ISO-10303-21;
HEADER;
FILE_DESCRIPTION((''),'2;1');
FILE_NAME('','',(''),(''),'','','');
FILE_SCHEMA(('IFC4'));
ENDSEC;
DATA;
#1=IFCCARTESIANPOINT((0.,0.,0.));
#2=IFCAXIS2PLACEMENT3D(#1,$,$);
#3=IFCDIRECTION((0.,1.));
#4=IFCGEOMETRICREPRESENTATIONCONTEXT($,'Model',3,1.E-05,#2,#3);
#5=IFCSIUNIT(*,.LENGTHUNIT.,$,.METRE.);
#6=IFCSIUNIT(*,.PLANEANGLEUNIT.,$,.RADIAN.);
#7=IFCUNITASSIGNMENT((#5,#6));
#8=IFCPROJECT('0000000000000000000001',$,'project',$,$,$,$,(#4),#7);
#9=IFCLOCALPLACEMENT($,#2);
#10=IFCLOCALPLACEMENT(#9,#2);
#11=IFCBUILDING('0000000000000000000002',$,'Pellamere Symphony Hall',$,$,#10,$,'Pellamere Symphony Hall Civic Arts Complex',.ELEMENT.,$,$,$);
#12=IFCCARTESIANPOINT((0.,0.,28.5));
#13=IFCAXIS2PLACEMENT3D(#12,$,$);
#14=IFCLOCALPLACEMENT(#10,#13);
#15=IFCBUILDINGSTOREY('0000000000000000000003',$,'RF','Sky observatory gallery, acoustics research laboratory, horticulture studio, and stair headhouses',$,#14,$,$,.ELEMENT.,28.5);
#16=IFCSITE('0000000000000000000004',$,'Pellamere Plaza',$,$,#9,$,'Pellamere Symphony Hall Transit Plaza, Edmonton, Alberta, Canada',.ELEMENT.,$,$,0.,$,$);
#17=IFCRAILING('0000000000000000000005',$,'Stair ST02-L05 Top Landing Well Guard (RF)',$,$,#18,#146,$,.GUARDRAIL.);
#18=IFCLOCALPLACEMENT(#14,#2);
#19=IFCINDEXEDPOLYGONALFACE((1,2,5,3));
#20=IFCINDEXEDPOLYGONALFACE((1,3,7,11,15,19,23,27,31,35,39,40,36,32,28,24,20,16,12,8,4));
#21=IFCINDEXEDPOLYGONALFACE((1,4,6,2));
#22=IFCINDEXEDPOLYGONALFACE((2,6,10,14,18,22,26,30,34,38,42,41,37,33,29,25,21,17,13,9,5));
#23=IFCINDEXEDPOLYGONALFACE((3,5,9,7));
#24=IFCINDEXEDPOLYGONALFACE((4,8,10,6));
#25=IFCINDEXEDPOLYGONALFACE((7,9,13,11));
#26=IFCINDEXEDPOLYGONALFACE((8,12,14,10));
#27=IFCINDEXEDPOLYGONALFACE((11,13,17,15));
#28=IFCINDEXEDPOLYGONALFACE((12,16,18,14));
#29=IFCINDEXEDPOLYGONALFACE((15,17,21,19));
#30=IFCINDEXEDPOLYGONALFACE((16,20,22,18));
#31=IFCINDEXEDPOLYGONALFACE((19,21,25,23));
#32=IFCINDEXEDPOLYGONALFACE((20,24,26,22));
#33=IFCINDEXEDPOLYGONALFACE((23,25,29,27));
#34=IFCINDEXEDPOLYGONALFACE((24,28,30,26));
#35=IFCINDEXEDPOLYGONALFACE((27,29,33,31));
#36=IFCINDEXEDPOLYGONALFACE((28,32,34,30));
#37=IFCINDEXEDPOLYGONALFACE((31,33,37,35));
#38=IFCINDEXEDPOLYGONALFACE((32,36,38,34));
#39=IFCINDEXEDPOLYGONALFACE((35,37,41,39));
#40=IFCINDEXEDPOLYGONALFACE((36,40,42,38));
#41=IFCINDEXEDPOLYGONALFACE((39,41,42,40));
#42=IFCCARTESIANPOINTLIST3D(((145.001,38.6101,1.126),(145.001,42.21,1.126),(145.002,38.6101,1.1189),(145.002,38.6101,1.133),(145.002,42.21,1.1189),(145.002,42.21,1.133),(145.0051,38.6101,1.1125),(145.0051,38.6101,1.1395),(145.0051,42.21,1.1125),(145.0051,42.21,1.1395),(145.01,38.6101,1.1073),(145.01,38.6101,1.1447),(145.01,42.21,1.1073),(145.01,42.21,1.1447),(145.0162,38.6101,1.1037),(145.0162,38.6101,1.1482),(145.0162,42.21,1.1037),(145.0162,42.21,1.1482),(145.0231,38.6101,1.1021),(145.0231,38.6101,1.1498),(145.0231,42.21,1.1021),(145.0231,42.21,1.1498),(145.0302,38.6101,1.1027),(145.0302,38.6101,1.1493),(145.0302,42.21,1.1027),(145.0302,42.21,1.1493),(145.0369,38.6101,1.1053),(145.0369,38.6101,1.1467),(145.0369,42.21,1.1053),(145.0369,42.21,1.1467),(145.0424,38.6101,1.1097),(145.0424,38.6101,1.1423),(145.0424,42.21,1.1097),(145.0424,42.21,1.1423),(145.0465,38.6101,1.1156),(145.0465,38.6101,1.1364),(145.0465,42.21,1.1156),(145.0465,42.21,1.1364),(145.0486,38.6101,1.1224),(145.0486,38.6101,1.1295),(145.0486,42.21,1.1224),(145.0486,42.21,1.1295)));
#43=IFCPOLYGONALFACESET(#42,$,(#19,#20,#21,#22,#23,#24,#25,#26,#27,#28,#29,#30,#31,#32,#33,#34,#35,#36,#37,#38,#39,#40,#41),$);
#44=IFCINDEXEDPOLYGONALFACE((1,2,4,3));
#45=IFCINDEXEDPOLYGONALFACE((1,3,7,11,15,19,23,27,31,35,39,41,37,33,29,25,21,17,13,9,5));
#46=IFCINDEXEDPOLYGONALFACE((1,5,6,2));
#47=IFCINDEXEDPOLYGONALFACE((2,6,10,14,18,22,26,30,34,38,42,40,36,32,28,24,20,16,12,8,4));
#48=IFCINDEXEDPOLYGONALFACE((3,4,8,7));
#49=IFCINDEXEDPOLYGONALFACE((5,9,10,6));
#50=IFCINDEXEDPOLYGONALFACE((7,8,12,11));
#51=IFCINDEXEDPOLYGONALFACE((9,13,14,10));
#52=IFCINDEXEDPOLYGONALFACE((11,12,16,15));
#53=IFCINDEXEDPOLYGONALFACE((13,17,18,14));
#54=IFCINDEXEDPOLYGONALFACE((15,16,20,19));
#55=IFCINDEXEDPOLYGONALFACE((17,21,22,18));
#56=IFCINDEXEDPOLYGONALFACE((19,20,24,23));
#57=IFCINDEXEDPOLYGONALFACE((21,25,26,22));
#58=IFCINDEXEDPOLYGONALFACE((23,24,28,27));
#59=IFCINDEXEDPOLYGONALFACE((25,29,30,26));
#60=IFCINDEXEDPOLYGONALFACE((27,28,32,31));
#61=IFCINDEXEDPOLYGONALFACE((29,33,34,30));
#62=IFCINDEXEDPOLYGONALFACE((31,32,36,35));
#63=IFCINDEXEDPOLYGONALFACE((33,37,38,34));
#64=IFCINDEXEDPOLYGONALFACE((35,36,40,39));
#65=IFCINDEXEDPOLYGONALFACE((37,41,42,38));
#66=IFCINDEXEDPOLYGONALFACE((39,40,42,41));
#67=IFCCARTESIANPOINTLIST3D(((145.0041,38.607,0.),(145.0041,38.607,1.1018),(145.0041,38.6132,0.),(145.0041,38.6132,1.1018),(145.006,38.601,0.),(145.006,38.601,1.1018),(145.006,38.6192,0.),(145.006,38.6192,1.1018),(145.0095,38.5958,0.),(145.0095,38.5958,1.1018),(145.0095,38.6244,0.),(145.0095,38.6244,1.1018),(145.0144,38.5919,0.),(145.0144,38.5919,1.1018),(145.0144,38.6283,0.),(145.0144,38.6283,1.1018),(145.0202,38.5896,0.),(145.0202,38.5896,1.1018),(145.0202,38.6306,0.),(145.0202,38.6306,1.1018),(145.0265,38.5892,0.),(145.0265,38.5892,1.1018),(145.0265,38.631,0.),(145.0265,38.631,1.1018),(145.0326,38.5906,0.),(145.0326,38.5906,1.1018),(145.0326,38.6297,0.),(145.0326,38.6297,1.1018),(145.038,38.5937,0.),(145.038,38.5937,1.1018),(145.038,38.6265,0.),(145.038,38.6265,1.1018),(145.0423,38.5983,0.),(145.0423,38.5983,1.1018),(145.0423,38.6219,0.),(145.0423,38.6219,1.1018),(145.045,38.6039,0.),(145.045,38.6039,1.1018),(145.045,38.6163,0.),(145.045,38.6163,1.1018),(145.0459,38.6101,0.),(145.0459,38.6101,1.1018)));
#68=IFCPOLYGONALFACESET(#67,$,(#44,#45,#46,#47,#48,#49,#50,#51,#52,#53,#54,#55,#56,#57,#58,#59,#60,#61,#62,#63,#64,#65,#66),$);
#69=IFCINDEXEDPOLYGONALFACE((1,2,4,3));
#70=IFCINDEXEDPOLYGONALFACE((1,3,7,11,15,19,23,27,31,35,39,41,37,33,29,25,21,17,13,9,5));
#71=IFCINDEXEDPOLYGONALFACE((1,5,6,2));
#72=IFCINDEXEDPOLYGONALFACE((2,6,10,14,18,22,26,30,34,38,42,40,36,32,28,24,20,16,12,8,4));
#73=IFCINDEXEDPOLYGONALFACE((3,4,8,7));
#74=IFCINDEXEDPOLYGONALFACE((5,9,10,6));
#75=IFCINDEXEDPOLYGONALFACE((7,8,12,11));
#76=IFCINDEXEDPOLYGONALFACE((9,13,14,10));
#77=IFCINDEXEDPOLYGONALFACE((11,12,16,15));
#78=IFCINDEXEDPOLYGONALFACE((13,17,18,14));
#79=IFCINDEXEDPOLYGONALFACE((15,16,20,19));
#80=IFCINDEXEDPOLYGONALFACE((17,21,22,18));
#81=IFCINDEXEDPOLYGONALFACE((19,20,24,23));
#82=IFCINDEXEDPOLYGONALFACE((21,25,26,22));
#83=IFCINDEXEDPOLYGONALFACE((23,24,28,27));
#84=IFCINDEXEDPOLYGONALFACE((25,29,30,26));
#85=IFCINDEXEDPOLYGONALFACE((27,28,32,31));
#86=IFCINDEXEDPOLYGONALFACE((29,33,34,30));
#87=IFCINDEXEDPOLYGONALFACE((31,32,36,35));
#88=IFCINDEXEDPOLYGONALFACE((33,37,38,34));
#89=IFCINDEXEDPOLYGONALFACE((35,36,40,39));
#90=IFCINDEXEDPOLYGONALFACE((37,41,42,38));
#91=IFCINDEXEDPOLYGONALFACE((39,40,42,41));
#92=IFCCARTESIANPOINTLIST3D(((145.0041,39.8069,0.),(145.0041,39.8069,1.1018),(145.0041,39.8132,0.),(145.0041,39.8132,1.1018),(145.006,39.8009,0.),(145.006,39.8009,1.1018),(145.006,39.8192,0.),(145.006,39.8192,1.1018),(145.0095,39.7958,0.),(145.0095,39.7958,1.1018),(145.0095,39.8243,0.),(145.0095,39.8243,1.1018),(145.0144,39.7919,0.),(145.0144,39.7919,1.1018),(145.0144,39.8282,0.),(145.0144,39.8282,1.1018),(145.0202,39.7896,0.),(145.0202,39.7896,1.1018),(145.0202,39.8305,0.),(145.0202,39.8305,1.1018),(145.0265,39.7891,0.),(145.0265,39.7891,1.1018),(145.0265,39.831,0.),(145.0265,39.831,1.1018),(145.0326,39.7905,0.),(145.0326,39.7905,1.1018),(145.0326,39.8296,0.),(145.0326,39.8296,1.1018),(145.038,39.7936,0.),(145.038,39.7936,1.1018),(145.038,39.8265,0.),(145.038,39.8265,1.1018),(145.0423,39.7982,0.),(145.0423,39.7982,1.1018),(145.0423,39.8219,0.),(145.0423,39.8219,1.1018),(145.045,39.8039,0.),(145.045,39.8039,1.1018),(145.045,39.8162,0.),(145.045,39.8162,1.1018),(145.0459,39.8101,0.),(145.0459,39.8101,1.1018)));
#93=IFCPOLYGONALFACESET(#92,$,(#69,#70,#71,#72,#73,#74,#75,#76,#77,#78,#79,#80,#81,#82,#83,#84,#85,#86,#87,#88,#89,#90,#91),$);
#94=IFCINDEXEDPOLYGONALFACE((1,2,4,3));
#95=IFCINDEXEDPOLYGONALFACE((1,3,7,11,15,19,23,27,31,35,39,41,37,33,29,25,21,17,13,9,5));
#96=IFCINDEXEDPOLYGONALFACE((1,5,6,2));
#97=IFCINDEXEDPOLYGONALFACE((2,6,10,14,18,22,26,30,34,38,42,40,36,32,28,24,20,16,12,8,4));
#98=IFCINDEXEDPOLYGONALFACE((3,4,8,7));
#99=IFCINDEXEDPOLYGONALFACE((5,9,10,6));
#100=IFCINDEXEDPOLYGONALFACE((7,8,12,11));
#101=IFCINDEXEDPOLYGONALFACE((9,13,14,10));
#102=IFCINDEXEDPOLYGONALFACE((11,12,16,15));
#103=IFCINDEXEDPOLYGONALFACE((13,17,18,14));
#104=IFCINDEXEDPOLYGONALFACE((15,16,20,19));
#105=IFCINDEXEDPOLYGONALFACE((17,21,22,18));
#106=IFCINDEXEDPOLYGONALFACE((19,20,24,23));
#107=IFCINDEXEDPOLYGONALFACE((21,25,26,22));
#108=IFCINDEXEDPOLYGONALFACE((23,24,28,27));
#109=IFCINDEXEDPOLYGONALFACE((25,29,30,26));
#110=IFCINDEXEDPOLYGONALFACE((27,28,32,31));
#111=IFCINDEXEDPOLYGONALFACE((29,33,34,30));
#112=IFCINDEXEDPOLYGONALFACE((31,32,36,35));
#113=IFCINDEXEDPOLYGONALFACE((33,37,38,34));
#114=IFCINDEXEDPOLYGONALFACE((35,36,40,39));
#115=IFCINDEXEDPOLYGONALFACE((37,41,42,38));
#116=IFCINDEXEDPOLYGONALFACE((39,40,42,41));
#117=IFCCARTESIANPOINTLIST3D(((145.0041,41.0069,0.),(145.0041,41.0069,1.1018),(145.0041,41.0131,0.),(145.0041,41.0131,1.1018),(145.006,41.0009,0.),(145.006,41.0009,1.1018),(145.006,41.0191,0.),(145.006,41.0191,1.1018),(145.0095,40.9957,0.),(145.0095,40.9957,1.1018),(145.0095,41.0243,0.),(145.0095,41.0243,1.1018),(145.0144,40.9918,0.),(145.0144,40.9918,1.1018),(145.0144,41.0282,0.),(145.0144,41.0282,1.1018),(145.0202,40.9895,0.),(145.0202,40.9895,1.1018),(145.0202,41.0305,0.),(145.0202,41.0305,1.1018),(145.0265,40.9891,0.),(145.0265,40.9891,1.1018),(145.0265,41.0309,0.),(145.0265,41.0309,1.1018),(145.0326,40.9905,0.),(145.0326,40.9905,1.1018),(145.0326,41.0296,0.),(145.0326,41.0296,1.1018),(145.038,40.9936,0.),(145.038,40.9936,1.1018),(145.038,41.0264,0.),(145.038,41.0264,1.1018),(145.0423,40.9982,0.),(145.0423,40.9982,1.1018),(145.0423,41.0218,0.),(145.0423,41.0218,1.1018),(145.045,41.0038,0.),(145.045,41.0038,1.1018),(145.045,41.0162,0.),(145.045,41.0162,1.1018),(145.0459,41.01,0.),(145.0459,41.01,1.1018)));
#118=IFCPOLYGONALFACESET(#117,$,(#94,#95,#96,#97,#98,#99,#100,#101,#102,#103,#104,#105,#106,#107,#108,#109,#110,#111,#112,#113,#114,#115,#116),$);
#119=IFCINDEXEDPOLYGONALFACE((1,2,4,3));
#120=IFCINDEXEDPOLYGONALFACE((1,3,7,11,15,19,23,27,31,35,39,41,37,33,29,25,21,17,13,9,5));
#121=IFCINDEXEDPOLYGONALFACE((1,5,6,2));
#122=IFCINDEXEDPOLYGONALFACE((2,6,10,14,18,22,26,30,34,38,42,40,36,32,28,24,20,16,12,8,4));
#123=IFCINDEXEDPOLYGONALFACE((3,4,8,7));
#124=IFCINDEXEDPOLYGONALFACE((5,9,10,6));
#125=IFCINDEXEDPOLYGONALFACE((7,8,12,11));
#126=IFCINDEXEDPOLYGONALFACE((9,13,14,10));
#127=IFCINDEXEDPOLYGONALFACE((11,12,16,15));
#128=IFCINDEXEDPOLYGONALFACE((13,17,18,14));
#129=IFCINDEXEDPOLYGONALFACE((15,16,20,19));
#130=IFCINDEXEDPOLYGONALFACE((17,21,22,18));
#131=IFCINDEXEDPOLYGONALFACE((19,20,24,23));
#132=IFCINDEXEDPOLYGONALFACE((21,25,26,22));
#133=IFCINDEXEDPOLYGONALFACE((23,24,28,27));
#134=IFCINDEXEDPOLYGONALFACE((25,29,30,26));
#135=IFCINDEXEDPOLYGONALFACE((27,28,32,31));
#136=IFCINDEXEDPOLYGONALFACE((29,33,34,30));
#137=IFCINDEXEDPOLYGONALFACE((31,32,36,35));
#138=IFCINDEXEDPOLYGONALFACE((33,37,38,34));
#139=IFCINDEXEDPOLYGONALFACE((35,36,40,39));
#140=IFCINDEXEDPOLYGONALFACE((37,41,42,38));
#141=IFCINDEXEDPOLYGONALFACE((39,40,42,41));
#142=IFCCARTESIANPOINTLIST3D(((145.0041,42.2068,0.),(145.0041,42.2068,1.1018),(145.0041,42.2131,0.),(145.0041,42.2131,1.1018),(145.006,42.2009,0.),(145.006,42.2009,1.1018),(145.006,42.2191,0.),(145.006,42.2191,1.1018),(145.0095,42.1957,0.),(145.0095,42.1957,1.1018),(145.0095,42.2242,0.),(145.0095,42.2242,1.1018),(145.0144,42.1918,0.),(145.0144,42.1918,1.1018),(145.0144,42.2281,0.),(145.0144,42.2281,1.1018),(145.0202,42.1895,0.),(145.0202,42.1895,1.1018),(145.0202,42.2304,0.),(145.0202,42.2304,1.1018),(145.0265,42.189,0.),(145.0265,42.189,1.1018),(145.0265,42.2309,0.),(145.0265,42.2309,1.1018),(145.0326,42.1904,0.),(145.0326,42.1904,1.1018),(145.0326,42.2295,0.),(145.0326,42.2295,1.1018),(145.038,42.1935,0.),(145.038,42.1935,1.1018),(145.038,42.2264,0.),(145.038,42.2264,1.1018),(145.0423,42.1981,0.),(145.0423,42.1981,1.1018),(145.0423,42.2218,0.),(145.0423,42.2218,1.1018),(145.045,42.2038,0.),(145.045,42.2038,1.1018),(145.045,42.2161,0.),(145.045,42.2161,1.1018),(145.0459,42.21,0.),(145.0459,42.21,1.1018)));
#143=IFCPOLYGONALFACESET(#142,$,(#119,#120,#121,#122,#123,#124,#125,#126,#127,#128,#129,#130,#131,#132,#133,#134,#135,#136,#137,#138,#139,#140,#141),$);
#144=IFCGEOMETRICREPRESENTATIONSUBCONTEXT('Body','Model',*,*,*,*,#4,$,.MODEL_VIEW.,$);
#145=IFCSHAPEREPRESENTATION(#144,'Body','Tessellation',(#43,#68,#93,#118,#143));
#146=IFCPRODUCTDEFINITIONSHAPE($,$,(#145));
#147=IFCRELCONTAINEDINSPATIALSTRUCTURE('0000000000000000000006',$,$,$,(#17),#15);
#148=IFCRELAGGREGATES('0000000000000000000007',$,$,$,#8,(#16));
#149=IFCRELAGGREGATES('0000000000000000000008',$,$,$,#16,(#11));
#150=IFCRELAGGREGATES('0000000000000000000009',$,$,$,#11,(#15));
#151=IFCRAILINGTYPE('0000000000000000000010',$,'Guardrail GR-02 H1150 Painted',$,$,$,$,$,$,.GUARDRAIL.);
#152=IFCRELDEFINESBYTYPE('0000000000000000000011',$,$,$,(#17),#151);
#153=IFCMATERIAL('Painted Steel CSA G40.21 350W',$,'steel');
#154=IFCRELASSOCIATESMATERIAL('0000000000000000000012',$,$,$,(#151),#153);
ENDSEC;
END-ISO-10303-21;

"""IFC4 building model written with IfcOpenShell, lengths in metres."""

from ifc_helpers import new_model, si_unit, direction, frame, origin, origin_2d, place, context, subcontext, project, spatial, circle, extrude, material, type_object, element, save


model = new_model("IFC4")

# Units and contexts
model_context = context("Model", 3, precision=1e-05, world=origin(), true_north=direction((0.0, 1.0)))
body_context = subcontext(model_context, "Body", "Model", "MODEL_VIEW")
ifc_project = project(units=[si_unit("LENGTHUNIT", "METRE"), si_unit("PLANEANGLEUNIT", "RADIAN")], contexts=[model_context])

# Site, building, storey
site_placement = place(None, origin())
site = spatial("IfcSite", under=ifc_project, at=site_placement, Name="Pellamere Plaza", LongName="Pellamere Symphony Hall Transit Plaza, Edmonton, Alberta, Canada", CompositionType="ELEMENT", RefElevation=0.0)
building_placement = place(site_placement, origin())
building = spatial("IfcBuilding", under=site, at=building_placement, Name="Pellamere Symphony Hall", LongName="Pellamere Symphony Hall Civic Arts Complex", CompositionType="ELEMENT")
storey_placement = place(building_placement, frame((0.0, 0.0, 28.5)))
storey = spatial("IfcBuildingStorey", under=building, at=storey_placement, Name="RF", Description="Sky observatory gallery, acoustics research laboratory, horticulture studio, and stair headhouses", CompositionType="ELEMENT", Elevation=28.5)

# Railing
ifc_material_1 = material(Name="Painted Steel CSA G40.21 350W", Category="steel")
railing_type = type_object("IfcRailingType", Name="Guardrail GR-02 H1150 Painted", PredefinedType="GUARDRAIL", material=ifc_material_1)
railing_placement = place(storey_placement, frame((145.0249, 38.6101, 0.0)))
element("IfcRailing", 1, at=railing_placement, inside=storey, type_object=railing_type, Name="Stair ST02-L05 Top Landing Well Guard (RF)", PredefinedType="GUARDRAIL", context=body_context, shape_type="SweptSolid", body=[
    extrude(circle(Radius=0.0239, at=origin_2d()), frame((0.0, 0.0, 1.126), z_axis=(0.0, 1.0, 0.0), x_axis=(-1.0, 0.0, 0.0)), (0.0, 0.0, 1.0), 3.5999),
    extrude(circle(Radius=0.021, at=origin_2d()), origin(), (0.0, 0.0, 1.0), 1.1018),
    extrude(circle(Radius=0.021, at=origin_2d()), frame((0.0, 1.2, 0.0)), (0.0, 0.0, 1.0), 1.1018),
    extrude(circle(Radius=0.021, at=origin_2d()), frame((0.0, 2.3999, 0.0)), (0.0, 0.0, 1.0), 1.1018),
    extrude(circle(Radius=0.021, at=origin_2d()), frame((0.0, 3.5999, 0.0)), (0.0, 0.0, 1.0), 1.1018),
])

save(model, "model.ifc")
